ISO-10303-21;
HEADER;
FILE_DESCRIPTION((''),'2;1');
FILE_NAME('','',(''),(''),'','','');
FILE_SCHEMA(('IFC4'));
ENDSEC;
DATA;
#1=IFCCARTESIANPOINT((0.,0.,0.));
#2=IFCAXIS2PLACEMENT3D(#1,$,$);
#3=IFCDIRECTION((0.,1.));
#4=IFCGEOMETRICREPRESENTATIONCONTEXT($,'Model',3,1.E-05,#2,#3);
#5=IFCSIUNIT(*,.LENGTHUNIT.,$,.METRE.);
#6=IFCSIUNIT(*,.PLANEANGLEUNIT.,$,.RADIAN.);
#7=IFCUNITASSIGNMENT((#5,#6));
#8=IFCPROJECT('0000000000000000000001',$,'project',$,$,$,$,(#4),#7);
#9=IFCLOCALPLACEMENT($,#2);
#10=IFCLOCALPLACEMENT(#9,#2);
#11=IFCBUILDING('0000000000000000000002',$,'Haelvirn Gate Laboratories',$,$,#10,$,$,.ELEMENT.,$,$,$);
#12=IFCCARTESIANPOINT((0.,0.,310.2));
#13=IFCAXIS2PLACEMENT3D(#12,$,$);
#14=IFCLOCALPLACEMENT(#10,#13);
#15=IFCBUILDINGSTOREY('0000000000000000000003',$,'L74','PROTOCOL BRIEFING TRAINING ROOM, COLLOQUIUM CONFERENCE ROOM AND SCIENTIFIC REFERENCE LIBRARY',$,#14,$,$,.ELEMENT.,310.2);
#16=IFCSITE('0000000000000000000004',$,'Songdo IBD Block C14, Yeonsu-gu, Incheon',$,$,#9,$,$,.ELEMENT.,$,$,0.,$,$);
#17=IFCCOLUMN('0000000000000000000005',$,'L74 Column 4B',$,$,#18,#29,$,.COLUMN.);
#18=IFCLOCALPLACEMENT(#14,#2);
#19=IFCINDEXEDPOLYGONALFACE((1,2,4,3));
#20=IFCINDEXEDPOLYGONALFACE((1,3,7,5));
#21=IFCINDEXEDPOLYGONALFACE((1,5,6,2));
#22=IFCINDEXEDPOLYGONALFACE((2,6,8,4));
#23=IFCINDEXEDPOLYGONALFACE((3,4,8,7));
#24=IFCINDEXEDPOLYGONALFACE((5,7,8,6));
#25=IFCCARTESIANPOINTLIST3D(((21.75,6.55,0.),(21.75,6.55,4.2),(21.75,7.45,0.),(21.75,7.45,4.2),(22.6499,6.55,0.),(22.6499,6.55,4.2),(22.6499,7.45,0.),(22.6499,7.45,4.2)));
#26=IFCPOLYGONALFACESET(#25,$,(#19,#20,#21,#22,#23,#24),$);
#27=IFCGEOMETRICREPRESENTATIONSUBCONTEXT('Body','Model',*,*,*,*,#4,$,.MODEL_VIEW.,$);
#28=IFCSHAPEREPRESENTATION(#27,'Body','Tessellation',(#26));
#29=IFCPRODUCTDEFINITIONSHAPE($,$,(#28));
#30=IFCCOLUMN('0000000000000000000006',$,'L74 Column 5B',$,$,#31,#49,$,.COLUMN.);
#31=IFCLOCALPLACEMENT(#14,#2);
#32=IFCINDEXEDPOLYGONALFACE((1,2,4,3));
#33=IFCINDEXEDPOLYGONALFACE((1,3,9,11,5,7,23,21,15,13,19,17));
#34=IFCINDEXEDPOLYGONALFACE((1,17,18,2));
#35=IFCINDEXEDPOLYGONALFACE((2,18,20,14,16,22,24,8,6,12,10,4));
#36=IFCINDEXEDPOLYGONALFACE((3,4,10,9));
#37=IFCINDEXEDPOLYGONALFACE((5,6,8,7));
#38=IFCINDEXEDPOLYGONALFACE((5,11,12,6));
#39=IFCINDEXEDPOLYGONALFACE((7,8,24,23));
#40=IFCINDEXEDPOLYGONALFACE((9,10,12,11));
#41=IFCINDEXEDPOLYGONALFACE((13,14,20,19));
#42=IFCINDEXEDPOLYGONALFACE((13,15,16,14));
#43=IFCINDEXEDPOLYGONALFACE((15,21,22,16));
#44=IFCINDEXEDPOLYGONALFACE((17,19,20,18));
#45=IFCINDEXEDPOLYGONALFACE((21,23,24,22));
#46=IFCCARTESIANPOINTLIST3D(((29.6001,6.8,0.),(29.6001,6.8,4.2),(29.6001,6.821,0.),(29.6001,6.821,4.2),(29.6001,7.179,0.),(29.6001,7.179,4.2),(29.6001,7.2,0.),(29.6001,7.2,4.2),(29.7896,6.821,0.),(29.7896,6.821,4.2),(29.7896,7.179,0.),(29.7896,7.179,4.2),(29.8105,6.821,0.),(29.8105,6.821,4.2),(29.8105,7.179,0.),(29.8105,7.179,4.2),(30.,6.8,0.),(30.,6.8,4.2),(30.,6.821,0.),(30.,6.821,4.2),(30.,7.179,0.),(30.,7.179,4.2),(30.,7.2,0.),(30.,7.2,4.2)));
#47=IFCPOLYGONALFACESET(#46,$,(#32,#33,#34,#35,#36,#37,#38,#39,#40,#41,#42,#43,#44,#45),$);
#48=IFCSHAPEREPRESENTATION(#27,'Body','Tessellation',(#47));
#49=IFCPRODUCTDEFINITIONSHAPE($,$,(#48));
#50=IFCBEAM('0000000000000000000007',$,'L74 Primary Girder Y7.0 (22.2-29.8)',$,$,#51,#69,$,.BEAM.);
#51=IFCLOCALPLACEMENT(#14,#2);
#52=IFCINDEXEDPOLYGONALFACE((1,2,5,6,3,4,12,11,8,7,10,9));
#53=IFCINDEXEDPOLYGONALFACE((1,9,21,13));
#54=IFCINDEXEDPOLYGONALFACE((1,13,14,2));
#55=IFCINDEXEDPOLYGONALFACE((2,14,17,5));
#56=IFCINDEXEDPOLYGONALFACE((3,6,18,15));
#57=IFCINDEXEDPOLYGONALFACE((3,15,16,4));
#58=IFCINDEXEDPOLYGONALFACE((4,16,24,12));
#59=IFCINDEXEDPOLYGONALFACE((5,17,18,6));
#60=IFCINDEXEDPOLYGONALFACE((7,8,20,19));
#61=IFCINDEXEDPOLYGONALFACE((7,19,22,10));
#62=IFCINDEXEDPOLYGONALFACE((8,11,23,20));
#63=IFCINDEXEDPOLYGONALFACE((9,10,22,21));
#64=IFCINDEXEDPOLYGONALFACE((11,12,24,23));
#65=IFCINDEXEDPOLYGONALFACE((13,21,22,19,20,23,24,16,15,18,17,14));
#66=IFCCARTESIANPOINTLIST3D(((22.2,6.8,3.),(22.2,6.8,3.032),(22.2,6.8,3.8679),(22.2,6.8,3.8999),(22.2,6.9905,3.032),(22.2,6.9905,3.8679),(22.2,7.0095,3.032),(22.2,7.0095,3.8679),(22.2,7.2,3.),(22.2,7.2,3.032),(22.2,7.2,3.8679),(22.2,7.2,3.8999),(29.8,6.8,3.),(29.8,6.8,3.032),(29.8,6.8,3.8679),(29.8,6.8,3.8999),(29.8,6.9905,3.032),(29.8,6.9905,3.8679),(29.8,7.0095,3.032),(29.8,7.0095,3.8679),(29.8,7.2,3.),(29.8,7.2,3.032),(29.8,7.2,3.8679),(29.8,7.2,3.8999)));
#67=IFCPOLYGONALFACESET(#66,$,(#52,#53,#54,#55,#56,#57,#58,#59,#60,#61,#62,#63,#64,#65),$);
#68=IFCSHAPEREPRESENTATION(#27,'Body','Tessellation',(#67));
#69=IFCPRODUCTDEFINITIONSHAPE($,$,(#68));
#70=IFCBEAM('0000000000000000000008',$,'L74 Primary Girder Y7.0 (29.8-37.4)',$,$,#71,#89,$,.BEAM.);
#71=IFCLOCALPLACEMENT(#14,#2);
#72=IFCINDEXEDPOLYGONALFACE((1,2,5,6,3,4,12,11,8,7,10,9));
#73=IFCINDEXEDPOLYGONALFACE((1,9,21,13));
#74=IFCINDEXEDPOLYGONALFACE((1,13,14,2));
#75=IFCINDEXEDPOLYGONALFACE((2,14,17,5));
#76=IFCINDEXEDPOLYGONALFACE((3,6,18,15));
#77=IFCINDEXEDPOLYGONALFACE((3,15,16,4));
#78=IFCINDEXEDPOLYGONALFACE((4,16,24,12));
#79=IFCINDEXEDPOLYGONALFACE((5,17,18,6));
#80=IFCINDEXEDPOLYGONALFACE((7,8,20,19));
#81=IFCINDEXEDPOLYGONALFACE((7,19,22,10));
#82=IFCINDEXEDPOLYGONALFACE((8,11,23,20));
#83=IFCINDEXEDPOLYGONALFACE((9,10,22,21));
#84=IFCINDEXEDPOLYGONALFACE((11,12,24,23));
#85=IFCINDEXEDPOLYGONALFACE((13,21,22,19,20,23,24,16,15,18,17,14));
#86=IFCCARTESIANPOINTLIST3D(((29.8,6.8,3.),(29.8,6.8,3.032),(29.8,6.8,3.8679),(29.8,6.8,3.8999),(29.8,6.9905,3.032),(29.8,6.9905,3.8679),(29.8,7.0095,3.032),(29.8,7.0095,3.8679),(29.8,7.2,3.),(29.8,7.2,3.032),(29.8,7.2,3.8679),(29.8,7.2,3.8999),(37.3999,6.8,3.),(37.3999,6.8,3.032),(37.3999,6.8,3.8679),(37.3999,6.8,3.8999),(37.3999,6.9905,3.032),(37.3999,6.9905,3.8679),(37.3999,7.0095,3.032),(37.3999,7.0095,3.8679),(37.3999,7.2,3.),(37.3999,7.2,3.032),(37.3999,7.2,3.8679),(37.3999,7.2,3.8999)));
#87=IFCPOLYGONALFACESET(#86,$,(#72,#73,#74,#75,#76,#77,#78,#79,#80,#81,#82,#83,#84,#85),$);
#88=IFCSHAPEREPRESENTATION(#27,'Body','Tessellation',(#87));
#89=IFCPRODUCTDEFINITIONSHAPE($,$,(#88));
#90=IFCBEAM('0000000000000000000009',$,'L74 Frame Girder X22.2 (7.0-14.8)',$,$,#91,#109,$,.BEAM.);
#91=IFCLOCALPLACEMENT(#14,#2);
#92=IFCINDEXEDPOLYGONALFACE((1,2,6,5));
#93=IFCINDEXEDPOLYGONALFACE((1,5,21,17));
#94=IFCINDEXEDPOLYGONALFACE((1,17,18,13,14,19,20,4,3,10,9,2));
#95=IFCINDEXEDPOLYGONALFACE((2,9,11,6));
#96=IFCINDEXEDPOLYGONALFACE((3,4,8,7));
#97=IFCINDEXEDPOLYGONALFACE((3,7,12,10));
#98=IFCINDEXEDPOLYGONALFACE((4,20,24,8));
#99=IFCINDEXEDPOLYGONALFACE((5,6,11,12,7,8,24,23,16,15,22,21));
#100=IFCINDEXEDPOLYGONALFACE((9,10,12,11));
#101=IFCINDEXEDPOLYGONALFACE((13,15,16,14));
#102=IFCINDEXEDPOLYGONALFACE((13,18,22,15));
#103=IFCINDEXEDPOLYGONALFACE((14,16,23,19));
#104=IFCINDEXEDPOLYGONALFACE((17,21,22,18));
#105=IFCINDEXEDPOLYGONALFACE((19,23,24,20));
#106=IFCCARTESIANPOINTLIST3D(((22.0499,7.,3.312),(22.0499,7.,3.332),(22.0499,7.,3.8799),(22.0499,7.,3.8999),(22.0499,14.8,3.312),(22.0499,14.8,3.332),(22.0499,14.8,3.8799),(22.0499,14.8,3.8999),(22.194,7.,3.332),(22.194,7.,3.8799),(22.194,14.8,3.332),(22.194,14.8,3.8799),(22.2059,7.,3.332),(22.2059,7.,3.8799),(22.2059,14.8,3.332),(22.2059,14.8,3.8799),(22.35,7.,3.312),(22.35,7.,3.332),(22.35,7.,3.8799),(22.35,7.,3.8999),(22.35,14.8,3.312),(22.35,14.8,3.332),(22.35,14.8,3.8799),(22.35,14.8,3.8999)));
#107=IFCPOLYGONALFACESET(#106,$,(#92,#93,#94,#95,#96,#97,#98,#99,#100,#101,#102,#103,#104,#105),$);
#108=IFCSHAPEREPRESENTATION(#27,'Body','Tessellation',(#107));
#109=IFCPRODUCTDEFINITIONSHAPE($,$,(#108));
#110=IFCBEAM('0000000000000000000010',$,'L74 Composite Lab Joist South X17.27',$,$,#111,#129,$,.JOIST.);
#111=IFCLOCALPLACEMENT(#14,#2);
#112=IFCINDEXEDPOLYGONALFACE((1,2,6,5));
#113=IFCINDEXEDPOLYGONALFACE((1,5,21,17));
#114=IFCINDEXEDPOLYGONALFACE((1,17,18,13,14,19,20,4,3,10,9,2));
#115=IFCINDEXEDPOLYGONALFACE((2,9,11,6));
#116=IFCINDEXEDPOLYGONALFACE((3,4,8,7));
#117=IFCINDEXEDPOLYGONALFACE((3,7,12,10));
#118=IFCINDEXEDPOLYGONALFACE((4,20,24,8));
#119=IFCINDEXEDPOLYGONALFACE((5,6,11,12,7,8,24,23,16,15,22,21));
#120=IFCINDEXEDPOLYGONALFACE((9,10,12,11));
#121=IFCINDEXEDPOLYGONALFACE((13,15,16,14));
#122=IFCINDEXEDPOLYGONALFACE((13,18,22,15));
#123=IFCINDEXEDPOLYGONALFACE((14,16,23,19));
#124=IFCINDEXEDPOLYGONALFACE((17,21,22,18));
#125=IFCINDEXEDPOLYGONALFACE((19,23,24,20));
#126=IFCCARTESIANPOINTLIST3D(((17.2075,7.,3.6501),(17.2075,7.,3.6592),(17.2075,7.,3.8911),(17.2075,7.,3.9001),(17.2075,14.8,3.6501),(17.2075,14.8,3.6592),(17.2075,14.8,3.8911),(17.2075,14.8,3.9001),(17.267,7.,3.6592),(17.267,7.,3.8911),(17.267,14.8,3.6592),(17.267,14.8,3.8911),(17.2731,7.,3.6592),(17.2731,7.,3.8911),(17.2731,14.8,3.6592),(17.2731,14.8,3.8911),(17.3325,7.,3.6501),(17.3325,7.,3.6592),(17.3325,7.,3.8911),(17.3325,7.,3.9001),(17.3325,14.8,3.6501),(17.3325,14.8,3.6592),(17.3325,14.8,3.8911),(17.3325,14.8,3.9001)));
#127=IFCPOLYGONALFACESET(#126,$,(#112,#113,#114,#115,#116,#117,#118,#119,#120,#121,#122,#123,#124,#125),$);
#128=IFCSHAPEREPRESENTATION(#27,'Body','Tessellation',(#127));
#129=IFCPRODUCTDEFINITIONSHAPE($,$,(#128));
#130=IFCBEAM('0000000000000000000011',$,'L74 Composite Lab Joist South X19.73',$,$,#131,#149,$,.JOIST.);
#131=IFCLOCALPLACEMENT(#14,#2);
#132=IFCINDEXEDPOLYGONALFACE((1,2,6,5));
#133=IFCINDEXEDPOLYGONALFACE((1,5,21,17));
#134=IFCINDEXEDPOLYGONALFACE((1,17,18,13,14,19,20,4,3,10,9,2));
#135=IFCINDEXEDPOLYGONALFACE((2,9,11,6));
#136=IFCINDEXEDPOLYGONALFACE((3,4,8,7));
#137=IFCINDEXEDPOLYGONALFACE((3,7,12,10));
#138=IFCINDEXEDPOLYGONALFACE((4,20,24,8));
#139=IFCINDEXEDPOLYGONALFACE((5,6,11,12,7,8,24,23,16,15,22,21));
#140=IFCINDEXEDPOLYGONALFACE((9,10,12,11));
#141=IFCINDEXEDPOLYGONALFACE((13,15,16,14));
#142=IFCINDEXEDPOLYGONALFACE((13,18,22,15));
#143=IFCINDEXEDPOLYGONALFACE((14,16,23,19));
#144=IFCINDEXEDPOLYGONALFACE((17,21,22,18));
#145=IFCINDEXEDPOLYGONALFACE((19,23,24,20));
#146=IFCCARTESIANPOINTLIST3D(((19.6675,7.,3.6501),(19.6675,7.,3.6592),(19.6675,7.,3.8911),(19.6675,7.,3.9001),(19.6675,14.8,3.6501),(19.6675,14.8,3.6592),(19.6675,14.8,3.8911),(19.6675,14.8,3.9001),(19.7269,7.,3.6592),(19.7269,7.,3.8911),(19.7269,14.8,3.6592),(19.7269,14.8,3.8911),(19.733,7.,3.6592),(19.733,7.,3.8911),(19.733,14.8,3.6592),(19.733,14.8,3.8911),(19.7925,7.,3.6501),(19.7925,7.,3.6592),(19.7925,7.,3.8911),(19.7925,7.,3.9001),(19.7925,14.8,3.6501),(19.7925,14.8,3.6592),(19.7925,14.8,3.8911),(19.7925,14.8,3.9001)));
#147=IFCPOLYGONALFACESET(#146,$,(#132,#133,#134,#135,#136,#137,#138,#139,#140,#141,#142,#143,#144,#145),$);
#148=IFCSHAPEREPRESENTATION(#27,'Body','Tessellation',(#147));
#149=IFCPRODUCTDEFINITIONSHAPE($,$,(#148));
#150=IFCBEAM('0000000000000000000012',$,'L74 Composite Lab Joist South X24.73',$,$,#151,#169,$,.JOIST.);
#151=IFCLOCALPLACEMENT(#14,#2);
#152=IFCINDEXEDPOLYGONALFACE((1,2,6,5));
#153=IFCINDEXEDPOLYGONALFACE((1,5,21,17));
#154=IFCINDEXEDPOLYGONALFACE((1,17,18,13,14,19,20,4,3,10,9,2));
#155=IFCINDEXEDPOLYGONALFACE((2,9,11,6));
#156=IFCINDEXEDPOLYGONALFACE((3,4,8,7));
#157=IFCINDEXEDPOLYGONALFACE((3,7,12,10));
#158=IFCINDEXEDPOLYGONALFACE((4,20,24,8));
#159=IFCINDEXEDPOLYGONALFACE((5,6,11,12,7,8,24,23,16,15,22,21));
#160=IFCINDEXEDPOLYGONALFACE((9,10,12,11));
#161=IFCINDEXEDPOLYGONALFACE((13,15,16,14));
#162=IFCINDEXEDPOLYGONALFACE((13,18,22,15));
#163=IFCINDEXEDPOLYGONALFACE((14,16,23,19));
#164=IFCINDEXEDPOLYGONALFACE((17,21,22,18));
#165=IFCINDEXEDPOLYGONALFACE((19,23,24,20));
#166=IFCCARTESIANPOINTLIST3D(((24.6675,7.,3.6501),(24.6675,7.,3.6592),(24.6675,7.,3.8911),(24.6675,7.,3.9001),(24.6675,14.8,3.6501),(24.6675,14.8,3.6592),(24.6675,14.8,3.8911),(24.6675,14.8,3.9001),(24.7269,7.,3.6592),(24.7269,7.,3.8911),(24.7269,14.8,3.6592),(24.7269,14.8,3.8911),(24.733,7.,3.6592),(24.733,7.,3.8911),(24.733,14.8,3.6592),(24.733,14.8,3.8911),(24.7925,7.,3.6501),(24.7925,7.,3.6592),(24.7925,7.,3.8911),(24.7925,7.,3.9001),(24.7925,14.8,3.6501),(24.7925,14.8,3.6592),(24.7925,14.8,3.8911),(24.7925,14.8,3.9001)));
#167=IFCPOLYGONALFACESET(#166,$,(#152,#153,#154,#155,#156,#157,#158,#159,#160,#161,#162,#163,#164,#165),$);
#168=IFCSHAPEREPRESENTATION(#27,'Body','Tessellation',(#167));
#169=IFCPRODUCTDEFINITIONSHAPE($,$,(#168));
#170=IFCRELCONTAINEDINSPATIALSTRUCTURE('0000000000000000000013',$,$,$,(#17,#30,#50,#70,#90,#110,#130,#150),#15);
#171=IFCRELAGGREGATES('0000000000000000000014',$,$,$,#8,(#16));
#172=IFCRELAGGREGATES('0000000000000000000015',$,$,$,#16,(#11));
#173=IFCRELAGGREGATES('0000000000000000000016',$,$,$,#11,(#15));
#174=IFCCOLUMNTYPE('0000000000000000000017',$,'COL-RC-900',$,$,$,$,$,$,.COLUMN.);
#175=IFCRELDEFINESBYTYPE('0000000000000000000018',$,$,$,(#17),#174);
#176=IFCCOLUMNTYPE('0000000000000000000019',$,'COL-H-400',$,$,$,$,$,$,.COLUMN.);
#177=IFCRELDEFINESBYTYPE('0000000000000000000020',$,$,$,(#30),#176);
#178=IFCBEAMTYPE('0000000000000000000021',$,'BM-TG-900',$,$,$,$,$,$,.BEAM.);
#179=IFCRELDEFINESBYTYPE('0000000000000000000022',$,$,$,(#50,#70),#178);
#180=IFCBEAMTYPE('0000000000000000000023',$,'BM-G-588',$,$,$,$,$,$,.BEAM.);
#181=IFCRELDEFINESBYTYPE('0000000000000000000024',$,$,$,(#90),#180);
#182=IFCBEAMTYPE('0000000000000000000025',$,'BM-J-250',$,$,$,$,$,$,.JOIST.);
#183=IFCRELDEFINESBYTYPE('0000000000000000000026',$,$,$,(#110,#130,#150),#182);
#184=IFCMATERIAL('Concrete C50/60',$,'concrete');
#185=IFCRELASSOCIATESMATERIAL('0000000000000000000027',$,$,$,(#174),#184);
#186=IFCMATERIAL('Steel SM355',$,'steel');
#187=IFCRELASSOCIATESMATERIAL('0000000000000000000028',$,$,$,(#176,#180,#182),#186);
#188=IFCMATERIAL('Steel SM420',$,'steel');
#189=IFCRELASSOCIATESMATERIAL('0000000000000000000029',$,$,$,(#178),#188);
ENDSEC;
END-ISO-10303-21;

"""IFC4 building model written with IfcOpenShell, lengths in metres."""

from ifc_helpers import new_model, si_unit, direction, frame, origin, origin_2d, place, context, subcontext, project, spatial, rectangle, i_section, extrude, source, transform, mapped, material, material_profile, profile_set, type_object, type_shapes, element, save


model = new_model("IFC4")

# Units and contexts
model_context = context("Model", 3, precision=1e-05, world=origin(), true_north=direction((0.0, 1.0)))
body_context = subcontext(model_context, "Body", "Model", "MODEL_VIEW")
ifc_project = project(units=[si_unit("LENGTHUNIT", "METRE"), si_unit("PLANEANGLEUNIT", "RADIAN")], contexts=[model_context])

# Site, building, storey
site_placement = place(None, origin())
site = spatial("IfcSite", under=ifc_project, at=site_placement, Name="Songdo IBD Block C14, Yeonsu-gu, Incheon", CompositionType="ELEMENT", RefElevation=0.0)
building_placement = place(site_placement, origin())
building = spatial("IfcBuilding", under=site, at=building_placement, Name="Haelvirn Gate Laboratories", CompositionType="ELEMENT")
storey_placement = place(building_placement, frame((0.0, 0.0, 310.2)))
storey = spatial("IfcBuildingStorey", under=building, at=storey_placement, Name="L74", Description="PROTOCOL BRIEFING TRAINING ROOM, COLLOQUIUM CONFERENCE ROOM AND SCIENTIFIC REFERENCE LIBRARY", CompositionType="ELEMENT", Elevation=310.2)

# Columns
ifc_material_1 = material(Name="Concrete C50/60", Category="concrete")
ifc_material_profile_1 = material_profile(ifc_material_1, rectangle(XDim=0.8999, YDim=0.8999, at=origin_2d()), Name="RC-900x900")
ifc_profile_set_1 = profile_set([ifc_material_profile_1], Name="Concrete C50/60")
column_type_1 = type_object("IfcColumnType", Name="COL-RC-900", PredefinedType="COLUMN", material=ifc_profile_set_1)
shared_shape_1 = source(origin(), body_context, "Body", "SweptSolid", [
    extrude(rectangle(XDim=0.8999, YDim=0.8999, at=origin_2d()), origin(), (0.0, 0.0, 1.0), 4.2),
])
type_shapes(column_type_1, [shared_shape_1])
column_1_placement = place(storey_placement, frame((22.2, 7.0, 0.0), z_axis=(0.0, 0.0, 1.0), x_axis=(1.0, 0.0, 0.0)))
element("IfcColumn", 1, at=column_1_placement, inside=storey, type_object=column_type_1, Name="L74 Column 4B", PredefinedType="COLUMN", context=body_context, shape_type="MappedRepresentation", body=[
    mapped(shared_shape_1, transform((0.0, 0.0, 0.0), scale=1.0)),
])
ifc_material_2 = material(Name="Steel SM355", Category="steel")
ifc_material_profile_2 = material_profile(ifc_material_2, i_section(OverallWidth=0.3999, OverallDepth=0.3999, WebThickness=0.021, FlangeThickness=0.021, at=origin_2d()), Name="H-400x400x21x21")
ifc_profile_set_2 = profile_set([ifc_material_profile_2], Name="Steel SM355")
column_type_2 = type_object("IfcColumnType", Name="COL-H-400", PredefinedType="COLUMN", material=ifc_profile_set_2)
shared_shape_2 = source(origin(), body_context, "Body", "SweptSolid", [
    extrude(i_section(OverallWidth=0.3999, OverallDepth=0.3999, WebThickness=0.021, FlangeThickness=0.021, at=origin_2d()), origin(), (0.0, 0.0, 1.0), 4.2),
])
type_shapes(column_type_2, [shared_shape_2])
column_2_placement = place(storey_placement, frame((29.8, 7.0, 0.0), z_axis=(0.0, 0.0, 1.0), x_axis=(1.0, 0.0, 0.0)))
element("IfcColumn", 2, at=column_2_placement, inside=storey, type_object=column_type_2, Name="L74 Column 5B", PredefinedType="COLUMN", context=body_context, shape_type="MappedRepresentation", body=[
    mapped(shared_shape_2, transform((0.0, 0.0, 0.0), scale=1.0)),
])

# Beams
ifc_material_3 = material(Name="Steel SM420", Category="steel")
ifc_material_profile_3 = material_profile(ifc_material_3, i_section(OverallWidth=0.3999, OverallDepth=0.8999, WebThickness=0.019, FlangeThickness=0.032, at=origin_2d()), Name="H-900x400x19x32")
ifc_profile_set_3 = profile_set([ifc_material_profile_3], Name="Steel SM420")
beam_type_1 = type_object("IfcBeamType", Name="BM-TG-900", PredefinedType="BEAM", material=ifc_profile_set_3)
shared_shape_3 = source(origin(), body_context, "Body", "SweptSolid", [
    extrude(i_section(OverallWidth=0.3999, OverallDepth=0.8999, WebThickness=0.019, FlangeThickness=0.032, at=origin_2d()), origin(), (0.0, 0.0, 1.0), 7.6001),
])
beam_1_placement = place(storey_placement, frame((22.2, 7.0, 3.45), z_axis=(1.0, 0.0, 0.0), x_axis=(0.0, 1.0, 0.0)))
element("IfcBeam", 3, at=beam_1_placement, inside=storey, type_object=beam_type_1, Name="L74 Primary Girder Y7.0 (22.2-29.8)", PredefinedType="BEAM", context=body_context, shape_type="MappedRepresentation", body=[
    mapped(shared_shape_3, transform((0.0, 0.0, 0.0), scale=1.0)),
])
shared_shape_4 = source(origin(), body_context, "Body", "SweptSolid", [
    extrude(i_section(OverallWidth=0.3999, OverallDepth=0.8999, WebThickness=0.019, FlangeThickness=0.032, at=origin_2d()), origin(), (0.0, 0.0, 1.0), 7.5999),
])
type_shapes(beam_type_1, [shared_shape_3, shared_shape_4])
beam_2_placement = place(storey_placement, frame((29.8, 7.0, 3.45), z_axis=(1.0, 0.0, 0.0), x_axis=(0.0, 1.0, 0.0)))
element("IfcBeam", 4, at=beam_2_placement, inside=storey, type_object=beam_type_1, Name="L74 Primary Girder Y7.0 (29.8-37.4)", PredefinedType="BEAM", context=body_context, shape_type="MappedRepresentation", body=[
    mapped(shared_shape_4, transform((0.0, 0.0, 0.0), scale=1.0)),
])
ifc_material_profile_4 = material_profile(ifc_material_2, i_section(OverallWidth=0.3, OverallDepth=0.5879, WebThickness=0.012, FlangeThickness=0.02, at=origin_2d()), Name="H-588x300x12x20")
ifc_profile_set_4 = profile_set([ifc_material_profile_4], Name="Steel SM355")
beam_type_2 = type_object("IfcBeamType", Name="BM-G-588", PredefinedType="BEAM", material=ifc_profile_set_4)
shared_shape_5 = source(origin(), body_context, "Body", "SweptSolid", [
    extrude(i_section(OverallWidth=0.3, OverallDepth=0.5879, WebThickness=0.012, FlangeThickness=0.02, at=origin_2d()), origin(), (0.0, 0.0, 1.0), 7.8),
])
type_shapes(beam_type_2, [shared_shape_5])
beam_3_placement = place(storey_placement, frame((22.2, 7.0, 3.606), z_axis=(0.0, 1.0, 0.0), x_axis=(-1.0, 0.0, 0.0)))
element("IfcBeam", 5, at=beam_3_placement, inside=storey, type_object=beam_type_2, Name="L74 Frame Girder X22.2 (7.0-14.8)", PredefinedType="BEAM", context=body_context, shape_type="MappedRepresentation", body=[
    mapped(shared_shape_5, transform((0.0, 0.0, 0.0), scale=1.0)),
])
ifc_material_profile_5 = material_profile(ifc_material_2, i_section(OverallWidth=0.125, OverallDepth=0.25, WebThickness=0.0061, FlangeThickness=0.009, at=origin_2d()), Name="H-250x125x6x9")
ifc_profile_set_5 = profile_set([ifc_material_profile_5], Name="Steel SM355")
beam_type_3 = type_object("IfcBeamType", Name="BM-J-250", PredefinedType="JOIST", material=ifc_profile_set_5)
shared_shape_6 = source(origin(), body_context, "Body", "SweptSolid", [
    extrude(i_section(OverallWidth=0.125, OverallDepth=0.25, WebThickness=0.0061, FlangeThickness=0.009, at=origin_2d()), origin(), (0.0, 0.0, 1.0), 7.8),
])
type_shapes(beam_type_3, [shared_shape_6])
for number, where, z_axis, x_axis, name in (
    (6, (17.27, 7.0, 3.7751), (0.0, 1.0, 0.0), (-1.0, 0.0, 0.0), "L74 Composite Lab Joist South X17.27"),
    (7, (19.73, 7.0, 3.7751), (0.0, 1.0, 0.0), (-1.0, 0.0, 0.0), "L74 Composite Lab Joist South X19.73"),
    (8, (24.73, 7.0, 3.7751), (0.0, 1.0, 0.0), (-1.0, 0.0, 0.0), "L74 Composite Lab Joist South X24.73"),
):
    element("IfcBeam", number, at=place(storey_placement, frame(where, z_axis=z_axis, x_axis=x_axis)), inside=storey, type_object=beam_type_3, Name=name, PredefinedType="JOIST", context=body_context, shape_type="MappedRepresentation", body=[
        mapped(shared_shape_6, transform((0.0, 0.0, 0.0), scale=1.0)),
    ])

save(model, "model.ifc")
